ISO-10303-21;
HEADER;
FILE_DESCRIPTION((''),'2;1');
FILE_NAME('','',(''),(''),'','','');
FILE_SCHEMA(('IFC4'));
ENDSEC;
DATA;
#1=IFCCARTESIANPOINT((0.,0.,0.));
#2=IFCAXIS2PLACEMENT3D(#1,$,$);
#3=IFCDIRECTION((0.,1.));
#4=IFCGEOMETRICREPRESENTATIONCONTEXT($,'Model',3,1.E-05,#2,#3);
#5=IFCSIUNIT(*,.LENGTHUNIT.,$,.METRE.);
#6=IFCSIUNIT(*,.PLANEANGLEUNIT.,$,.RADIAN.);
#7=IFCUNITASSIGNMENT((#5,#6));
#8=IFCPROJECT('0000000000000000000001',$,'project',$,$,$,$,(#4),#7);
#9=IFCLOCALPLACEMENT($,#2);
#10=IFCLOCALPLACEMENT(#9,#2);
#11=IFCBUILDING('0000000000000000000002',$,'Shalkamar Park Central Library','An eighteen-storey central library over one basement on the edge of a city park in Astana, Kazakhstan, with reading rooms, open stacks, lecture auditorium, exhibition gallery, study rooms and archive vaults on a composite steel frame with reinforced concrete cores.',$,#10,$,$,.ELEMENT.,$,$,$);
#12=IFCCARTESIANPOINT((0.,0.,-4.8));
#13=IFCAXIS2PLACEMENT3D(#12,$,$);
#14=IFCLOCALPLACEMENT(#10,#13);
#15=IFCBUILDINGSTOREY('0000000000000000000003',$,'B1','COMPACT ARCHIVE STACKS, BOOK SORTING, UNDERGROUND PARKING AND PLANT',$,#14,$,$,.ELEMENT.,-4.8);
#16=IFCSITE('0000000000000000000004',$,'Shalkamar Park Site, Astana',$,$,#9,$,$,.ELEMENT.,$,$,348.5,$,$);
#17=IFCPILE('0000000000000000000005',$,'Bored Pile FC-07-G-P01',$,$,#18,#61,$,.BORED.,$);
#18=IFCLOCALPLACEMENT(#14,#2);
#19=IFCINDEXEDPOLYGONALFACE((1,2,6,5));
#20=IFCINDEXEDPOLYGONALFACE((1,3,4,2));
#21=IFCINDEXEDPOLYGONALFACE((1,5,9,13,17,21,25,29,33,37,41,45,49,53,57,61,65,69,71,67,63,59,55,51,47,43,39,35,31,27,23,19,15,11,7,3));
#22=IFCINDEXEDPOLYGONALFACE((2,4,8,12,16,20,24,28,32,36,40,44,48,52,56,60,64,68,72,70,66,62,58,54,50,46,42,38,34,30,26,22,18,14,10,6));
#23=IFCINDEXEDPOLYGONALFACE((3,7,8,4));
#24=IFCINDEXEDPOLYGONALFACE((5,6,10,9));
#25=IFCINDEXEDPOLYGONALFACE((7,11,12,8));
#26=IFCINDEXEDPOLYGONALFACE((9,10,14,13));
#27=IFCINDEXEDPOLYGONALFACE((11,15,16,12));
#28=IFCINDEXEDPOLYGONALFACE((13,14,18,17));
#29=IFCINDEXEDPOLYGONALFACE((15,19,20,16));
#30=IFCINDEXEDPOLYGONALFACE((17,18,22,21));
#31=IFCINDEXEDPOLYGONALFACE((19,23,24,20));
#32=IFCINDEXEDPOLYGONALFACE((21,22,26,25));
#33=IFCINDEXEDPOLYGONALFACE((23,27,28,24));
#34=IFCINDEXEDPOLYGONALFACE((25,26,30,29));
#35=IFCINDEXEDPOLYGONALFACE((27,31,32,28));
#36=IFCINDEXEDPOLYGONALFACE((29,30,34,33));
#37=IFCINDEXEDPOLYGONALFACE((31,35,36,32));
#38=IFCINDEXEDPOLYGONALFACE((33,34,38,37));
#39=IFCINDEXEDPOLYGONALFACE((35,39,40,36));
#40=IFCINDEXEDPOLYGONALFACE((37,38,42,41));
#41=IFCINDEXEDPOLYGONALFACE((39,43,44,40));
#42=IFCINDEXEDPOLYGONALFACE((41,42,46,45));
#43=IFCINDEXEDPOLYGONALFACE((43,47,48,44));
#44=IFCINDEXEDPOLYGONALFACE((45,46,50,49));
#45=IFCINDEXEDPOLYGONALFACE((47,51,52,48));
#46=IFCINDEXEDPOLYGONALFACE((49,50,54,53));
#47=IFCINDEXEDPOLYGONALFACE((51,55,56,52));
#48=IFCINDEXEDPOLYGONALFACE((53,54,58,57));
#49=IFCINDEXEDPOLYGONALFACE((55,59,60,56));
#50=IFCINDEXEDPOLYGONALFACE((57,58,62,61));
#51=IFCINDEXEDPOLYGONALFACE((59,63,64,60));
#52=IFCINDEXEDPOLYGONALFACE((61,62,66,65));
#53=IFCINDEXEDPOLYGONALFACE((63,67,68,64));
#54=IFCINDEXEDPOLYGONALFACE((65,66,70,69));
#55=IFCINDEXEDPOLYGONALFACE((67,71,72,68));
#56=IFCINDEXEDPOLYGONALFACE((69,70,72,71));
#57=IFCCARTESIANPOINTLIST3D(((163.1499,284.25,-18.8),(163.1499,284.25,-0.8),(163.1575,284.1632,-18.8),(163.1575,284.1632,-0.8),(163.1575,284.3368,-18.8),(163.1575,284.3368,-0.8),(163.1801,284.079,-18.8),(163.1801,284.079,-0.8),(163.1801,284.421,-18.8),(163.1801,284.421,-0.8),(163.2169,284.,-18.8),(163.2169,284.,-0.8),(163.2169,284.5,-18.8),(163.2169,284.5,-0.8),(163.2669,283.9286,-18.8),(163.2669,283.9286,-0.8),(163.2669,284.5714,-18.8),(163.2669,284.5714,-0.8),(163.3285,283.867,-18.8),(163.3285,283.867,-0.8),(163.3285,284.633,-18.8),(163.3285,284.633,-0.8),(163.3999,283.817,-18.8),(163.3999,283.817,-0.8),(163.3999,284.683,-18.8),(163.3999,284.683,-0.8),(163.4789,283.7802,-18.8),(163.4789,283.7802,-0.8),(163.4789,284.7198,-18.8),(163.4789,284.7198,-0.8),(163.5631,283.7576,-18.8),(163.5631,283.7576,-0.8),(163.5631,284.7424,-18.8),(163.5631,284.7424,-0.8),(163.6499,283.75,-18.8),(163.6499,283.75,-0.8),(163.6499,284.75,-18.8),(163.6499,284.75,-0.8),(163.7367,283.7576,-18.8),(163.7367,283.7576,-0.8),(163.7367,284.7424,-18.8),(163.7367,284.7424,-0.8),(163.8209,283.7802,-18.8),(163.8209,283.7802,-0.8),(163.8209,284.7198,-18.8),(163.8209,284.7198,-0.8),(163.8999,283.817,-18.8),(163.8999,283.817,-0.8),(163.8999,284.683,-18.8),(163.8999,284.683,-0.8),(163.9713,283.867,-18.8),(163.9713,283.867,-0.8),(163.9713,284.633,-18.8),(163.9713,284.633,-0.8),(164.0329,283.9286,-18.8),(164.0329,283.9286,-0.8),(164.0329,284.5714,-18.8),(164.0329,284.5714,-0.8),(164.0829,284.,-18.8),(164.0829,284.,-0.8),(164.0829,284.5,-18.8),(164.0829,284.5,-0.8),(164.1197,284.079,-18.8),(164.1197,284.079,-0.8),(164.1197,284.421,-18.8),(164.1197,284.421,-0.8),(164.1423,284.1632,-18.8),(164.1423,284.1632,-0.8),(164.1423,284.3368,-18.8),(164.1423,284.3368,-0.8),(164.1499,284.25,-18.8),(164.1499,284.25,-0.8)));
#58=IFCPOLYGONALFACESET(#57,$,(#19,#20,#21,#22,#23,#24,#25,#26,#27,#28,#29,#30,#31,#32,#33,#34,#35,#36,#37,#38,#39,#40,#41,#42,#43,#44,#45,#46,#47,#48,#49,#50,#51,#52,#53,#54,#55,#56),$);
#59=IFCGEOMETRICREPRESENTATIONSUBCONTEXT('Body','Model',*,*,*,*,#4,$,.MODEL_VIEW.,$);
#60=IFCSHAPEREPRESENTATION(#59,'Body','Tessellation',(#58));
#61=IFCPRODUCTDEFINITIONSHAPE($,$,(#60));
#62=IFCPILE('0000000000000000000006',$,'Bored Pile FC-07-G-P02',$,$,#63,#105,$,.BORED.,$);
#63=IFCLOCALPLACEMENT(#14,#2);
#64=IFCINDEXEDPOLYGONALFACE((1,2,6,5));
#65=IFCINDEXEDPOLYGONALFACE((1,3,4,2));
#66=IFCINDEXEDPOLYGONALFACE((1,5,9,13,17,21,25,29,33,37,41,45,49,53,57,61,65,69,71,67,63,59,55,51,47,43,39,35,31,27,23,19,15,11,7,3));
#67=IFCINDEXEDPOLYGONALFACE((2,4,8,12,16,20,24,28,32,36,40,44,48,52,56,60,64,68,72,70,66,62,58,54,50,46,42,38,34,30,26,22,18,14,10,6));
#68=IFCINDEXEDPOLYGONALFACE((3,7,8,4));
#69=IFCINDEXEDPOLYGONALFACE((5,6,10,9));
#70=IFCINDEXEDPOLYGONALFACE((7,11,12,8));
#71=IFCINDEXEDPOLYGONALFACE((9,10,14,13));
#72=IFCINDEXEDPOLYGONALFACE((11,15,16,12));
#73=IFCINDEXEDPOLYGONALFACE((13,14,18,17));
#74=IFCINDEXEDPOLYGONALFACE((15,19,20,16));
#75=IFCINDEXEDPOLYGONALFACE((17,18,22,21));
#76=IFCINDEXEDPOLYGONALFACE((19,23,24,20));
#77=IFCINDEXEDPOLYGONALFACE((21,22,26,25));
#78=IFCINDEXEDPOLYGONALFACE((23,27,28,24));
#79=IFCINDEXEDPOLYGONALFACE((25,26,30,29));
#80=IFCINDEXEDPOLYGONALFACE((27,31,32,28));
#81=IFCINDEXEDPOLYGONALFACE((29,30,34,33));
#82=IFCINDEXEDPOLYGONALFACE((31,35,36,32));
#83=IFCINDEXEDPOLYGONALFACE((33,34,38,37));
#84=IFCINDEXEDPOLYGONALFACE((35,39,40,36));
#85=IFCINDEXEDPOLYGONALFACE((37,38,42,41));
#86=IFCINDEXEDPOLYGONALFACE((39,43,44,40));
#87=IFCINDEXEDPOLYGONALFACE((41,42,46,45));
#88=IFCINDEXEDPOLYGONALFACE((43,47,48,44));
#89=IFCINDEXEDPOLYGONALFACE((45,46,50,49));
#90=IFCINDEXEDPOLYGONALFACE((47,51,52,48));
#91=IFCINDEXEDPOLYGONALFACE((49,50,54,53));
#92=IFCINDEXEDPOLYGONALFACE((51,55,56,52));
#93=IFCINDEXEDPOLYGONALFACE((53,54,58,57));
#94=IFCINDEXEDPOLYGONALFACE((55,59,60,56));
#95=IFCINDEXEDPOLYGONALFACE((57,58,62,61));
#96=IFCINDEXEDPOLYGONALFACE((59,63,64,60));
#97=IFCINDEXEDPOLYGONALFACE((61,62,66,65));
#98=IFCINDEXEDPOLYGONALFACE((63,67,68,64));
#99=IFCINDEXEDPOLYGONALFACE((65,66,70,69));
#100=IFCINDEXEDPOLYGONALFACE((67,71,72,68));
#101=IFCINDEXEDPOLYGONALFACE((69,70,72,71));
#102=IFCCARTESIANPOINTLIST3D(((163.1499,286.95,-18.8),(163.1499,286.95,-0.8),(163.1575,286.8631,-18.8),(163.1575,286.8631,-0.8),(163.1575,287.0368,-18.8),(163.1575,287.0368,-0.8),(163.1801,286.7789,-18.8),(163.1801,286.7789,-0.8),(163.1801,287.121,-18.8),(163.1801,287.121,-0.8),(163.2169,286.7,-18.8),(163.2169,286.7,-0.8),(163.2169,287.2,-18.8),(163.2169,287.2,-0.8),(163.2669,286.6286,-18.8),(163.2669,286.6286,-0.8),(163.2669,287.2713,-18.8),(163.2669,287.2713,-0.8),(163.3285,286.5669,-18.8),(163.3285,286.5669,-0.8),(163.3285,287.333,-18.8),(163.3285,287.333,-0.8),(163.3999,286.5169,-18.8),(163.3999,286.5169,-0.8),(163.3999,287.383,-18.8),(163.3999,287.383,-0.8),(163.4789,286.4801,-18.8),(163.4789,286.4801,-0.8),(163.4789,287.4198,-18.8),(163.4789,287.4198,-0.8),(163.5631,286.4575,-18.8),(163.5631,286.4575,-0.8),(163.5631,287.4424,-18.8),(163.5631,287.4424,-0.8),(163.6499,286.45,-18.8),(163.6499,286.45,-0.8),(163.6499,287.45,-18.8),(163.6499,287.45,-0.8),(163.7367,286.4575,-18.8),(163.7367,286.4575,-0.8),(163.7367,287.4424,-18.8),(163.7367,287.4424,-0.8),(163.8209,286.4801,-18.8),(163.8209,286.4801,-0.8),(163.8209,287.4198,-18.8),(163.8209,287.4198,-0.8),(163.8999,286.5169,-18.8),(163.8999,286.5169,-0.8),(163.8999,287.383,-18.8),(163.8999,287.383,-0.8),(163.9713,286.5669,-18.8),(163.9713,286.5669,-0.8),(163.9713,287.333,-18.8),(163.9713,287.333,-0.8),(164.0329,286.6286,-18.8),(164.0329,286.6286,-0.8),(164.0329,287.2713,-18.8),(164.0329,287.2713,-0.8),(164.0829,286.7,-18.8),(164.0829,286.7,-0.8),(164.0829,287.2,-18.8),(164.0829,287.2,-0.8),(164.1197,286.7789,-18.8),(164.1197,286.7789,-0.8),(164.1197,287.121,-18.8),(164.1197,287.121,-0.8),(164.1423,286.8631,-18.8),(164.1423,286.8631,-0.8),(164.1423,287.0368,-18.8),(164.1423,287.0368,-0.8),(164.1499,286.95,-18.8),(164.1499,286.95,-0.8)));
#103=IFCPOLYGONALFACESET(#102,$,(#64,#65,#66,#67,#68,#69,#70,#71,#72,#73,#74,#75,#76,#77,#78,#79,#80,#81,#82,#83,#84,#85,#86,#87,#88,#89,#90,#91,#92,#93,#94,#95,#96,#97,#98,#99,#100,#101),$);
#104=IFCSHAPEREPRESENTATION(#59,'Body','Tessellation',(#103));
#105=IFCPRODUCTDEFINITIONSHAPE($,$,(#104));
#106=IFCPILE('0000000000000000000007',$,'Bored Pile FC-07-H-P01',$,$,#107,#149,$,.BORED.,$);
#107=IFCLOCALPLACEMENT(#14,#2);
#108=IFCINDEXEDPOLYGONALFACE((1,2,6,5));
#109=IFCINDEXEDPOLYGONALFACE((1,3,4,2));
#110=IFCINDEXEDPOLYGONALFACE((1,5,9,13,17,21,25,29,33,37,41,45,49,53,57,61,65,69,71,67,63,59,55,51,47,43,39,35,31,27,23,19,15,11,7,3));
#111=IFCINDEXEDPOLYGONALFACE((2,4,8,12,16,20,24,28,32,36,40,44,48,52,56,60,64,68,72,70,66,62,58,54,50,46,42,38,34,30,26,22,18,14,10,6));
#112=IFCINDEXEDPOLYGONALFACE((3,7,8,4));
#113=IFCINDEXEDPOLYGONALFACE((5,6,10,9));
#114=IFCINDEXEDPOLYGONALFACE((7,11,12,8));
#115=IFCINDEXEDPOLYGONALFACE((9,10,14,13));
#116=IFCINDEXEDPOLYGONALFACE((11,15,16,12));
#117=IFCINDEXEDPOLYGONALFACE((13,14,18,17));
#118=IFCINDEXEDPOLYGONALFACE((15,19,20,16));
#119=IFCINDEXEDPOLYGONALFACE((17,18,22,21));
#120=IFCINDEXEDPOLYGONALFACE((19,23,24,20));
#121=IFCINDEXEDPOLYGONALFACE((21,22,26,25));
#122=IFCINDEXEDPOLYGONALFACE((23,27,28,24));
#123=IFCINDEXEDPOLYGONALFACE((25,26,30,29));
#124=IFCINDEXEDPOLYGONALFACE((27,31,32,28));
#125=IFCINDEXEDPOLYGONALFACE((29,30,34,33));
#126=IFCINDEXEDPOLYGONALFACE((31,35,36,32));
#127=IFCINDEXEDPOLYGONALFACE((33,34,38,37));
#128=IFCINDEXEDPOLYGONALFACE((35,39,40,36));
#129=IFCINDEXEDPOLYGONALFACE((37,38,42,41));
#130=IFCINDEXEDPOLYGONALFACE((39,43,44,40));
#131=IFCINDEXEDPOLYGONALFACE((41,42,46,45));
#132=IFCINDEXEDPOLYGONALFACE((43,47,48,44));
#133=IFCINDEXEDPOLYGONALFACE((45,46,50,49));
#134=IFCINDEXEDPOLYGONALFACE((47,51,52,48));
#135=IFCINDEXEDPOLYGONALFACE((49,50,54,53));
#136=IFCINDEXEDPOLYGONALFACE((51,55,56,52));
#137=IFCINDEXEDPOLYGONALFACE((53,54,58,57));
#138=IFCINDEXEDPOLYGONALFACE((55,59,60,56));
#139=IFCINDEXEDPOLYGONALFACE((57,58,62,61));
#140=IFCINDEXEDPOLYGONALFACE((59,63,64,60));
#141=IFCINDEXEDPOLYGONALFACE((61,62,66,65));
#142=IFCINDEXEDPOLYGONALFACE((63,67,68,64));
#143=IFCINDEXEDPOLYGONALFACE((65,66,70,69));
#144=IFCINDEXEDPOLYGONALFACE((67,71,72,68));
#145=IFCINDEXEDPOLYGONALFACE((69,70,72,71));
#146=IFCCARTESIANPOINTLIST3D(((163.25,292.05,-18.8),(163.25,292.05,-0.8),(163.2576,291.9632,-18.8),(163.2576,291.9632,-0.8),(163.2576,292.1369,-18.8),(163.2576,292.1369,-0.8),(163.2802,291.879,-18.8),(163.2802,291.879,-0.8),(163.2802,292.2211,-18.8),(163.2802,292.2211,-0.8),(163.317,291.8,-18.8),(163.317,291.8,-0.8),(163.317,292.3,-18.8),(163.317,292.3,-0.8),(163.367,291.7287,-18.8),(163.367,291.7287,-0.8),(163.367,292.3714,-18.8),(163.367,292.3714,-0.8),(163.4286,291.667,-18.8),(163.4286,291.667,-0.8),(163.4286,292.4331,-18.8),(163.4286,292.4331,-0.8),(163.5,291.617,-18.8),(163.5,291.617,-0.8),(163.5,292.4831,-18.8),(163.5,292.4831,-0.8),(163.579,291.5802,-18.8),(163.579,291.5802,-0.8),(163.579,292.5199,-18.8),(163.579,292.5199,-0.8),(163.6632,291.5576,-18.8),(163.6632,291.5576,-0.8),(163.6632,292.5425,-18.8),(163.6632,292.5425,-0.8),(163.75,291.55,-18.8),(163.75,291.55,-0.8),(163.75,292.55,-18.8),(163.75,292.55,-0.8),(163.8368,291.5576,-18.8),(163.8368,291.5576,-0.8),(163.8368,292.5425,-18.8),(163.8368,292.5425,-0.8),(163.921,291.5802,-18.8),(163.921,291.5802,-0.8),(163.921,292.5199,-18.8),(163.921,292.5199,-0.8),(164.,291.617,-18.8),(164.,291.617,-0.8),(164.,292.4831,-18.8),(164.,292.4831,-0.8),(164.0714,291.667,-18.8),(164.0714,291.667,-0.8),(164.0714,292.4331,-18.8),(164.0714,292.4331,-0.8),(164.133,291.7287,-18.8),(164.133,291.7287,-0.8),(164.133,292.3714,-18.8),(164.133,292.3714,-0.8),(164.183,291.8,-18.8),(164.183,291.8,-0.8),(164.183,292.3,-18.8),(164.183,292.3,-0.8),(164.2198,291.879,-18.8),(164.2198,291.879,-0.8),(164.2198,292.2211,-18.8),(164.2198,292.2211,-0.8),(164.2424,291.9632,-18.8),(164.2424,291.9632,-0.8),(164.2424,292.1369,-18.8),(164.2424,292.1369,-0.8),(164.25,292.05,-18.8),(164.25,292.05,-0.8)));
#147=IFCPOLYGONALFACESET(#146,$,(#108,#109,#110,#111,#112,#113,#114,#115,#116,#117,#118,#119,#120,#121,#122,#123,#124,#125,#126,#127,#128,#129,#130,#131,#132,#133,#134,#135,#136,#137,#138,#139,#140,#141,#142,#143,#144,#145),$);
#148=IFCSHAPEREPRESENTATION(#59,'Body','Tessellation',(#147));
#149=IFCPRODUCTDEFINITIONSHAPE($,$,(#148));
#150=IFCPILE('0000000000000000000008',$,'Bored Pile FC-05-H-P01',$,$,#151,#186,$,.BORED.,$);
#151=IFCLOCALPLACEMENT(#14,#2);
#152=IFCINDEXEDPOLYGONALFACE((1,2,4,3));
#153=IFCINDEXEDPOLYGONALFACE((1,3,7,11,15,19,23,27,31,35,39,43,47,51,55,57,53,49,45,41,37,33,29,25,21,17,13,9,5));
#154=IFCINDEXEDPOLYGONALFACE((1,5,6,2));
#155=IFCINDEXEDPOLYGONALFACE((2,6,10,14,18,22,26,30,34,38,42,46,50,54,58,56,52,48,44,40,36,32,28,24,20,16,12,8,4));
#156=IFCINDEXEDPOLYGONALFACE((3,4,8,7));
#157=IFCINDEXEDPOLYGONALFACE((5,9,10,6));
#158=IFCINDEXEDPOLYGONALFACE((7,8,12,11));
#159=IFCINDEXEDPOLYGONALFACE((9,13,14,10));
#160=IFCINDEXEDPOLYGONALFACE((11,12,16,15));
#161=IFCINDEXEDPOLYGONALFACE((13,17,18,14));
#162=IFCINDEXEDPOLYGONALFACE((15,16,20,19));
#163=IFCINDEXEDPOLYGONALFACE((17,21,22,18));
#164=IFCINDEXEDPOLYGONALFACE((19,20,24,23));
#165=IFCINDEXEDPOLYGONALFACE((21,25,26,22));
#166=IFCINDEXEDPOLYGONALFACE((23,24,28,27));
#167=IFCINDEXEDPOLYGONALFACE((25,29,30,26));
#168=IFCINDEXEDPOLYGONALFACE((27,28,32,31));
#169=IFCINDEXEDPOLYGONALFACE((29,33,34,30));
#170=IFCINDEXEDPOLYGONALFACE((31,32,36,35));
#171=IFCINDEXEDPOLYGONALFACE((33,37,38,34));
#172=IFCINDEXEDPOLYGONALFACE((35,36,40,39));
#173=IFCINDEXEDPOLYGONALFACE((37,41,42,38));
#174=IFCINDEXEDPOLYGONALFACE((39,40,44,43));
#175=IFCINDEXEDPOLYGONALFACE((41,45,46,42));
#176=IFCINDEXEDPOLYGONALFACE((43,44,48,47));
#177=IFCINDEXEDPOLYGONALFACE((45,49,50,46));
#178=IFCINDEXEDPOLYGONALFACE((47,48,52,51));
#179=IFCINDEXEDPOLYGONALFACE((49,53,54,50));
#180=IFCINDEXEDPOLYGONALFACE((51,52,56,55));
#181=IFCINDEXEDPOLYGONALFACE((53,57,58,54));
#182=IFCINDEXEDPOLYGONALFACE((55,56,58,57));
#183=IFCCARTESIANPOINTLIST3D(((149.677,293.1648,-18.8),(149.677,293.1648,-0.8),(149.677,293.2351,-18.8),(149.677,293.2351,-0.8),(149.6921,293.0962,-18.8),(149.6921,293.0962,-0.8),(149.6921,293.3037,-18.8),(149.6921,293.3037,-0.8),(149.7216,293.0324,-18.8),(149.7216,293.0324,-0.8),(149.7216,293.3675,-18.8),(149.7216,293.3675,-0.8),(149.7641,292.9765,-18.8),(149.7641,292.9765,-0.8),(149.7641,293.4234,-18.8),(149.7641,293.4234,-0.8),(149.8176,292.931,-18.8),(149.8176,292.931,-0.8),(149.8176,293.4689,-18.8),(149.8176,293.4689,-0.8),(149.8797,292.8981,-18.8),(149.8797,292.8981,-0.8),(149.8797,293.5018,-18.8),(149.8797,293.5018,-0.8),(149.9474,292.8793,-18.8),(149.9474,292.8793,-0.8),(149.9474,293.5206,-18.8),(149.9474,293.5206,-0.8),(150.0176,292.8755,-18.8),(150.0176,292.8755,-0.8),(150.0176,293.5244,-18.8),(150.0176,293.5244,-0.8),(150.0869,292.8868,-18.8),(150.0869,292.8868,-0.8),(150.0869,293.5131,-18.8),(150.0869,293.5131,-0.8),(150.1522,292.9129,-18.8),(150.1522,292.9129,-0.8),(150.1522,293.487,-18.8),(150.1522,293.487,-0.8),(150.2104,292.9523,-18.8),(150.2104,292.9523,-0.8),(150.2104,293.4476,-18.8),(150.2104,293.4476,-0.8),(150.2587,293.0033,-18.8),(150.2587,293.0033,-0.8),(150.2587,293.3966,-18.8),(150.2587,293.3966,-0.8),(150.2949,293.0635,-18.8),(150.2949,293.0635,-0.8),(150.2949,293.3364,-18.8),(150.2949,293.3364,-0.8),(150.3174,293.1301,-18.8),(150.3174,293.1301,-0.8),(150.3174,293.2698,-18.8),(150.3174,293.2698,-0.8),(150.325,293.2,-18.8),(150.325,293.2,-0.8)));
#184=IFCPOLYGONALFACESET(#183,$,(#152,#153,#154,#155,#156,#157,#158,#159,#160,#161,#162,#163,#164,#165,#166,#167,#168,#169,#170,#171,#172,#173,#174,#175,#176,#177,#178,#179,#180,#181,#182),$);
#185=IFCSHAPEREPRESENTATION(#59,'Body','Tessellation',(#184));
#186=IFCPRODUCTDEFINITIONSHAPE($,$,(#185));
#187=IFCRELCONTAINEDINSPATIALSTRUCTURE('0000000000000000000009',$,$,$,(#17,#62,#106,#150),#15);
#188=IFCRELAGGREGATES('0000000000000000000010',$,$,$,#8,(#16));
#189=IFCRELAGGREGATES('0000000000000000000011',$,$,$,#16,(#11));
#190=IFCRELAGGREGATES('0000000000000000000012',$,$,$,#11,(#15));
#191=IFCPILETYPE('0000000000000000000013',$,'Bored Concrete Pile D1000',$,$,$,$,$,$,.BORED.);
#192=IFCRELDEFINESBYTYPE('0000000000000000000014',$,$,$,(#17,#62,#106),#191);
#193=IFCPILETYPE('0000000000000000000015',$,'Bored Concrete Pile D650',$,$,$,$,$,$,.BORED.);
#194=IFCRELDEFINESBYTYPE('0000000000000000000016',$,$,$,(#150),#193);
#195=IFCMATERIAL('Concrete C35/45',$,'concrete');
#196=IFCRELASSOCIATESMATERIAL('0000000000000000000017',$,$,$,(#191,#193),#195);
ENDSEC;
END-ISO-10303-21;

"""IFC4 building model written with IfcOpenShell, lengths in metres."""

from ifc_helpers import new_model, si_unit, direction, frame, origin, origin_2d, place, context, subcontext, project, spatial, circle, extrude, material, material_profile, profile_set, type_object, element, save


model = new_model("IFC4")

# Units and contexts
model_context = context("Model", 3, precision=1e-05, world=origin(), true_north=direction((0.0, 1.0)))
body_context = subcontext(model_context, "Body", "Model", "MODEL_VIEW")
ifc_project = project(units=[si_unit("LENGTHUNIT", "METRE"), si_unit("PLANEANGLEUNIT", "RADIAN")], contexts=[model_context])

# Site, building, storey
site_placement = place(None, origin())
site = spatial("IfcSite", under=ifc_project, at=site_placement, Name="Shalkamar Park Site, Astana", CompositionType="ELEMENT", RefElevation=348.5)
building_placement = place(site_placement, origin())
building = spatial("IfcBuilding", under=site, at=building_placement, Name="Shalkamar Park Central Library", Description="An eighteen-storey central library over one basement on the edge of a city park in Astana, Kazakhstan, with reading rooms, open stacks, lecture auditorium, exhibition gallery, study rooms and archive vaults on a composite steel frame with reinforced concrete cores.", CompositionType="ELEMENT")
storey_placement = place(building_placement, frame((0.0, 0.0, -4.8)))
storey = spatial("IfcBuildingStorey", under=building, at=storey_placement, Name="B1", Description="COMPACT ARCHIVE STACKS, BOOK SORTING, UNDERGROUND PARKING AND PLANT", CompositionType="ELEMENT", Elevation=-4.8)

# Piles
ifc_material_1 = material(Name="Concrete C35/45", Category="concrete")
ifc_material_profile_1 = material_profile(ifc_material_1, circle(Radius=0.5, at=origin_2d()), Name="PILE D1000")
ifc_profile_set_1 = profile_set([ifc_material_profile_1], Name="Concrete C35/45")
pile_type_1 = type_object("IfcPileType", Name="Bored Concrete Pile D1000", PredefinedType="BORED", material=ifc_profile_set_1)
for number, where, z_axis, x_axis, name in (
    (1, (163.6499, 284.25, -0.8), (0.0, 0.0, -1.0), (1.0, 0.0, 0.0), "Bored Pile FC-07-G-P01"),
    (2, (163.6499, 286.95, -0.8), (0.0, 0.0, -1.0), (1.0, 0.0, 0.0), "Bored Pile FC-07-G-P02"),
    (3, (163.75, 292.05, -0.8), (0.0, 0.0, -1.0), (1.0, 0.0, 0.0), "Bored Pile FC-07-H-P01"),
):
    element("IfcPile", number, at=place(storey_placement, frame(where, z_axis=z_axis, x_axis=x_axis)), inside=storey, type_object=pile_type_1, Name=name, PredefinedType="BORED", context=body_context, shape_type="SweptSolid", body=[
        extrude(circle(Radius=0.5, at=origin_2d()), origin(), (0.0, 0.0, 1.0), 18.0),
    ])
ifc_material_profile_2 = material_profile(ifc_material_1, circle(Radius=0.325, at=origin_2d()), Name="PILE D650")
ifc_profile_set_2 = profile_set([ifc_material_profile_2], Name="Concrete C35/45")
pile_type_2 = type_object("IfcPileType", Name="Bored Concrete Pile D650", PredefinedType="BORED", material=ifc_profile_set_2)
pile_placement = place(storey_placement, frame((150.0, 293.2, -0.8), z_axis=(0.0, 0.0, -1.0), x_axis=(1.0, 0.0, 0.0)))
element("IfcPile", 4, at=pile_placement, inside=storey, type_object=pile_type_2, Name="Bored Pile FC-05-H-P01", PredefinedType="BORED", context=body_context, shape_type="SweptSolid", body=[
    extrude(circle(Radius=0.325, at=origin_2d()), origin(), (0.0, 0.0, 1.0), 18.0),
])

save(model, "model.ifc")
